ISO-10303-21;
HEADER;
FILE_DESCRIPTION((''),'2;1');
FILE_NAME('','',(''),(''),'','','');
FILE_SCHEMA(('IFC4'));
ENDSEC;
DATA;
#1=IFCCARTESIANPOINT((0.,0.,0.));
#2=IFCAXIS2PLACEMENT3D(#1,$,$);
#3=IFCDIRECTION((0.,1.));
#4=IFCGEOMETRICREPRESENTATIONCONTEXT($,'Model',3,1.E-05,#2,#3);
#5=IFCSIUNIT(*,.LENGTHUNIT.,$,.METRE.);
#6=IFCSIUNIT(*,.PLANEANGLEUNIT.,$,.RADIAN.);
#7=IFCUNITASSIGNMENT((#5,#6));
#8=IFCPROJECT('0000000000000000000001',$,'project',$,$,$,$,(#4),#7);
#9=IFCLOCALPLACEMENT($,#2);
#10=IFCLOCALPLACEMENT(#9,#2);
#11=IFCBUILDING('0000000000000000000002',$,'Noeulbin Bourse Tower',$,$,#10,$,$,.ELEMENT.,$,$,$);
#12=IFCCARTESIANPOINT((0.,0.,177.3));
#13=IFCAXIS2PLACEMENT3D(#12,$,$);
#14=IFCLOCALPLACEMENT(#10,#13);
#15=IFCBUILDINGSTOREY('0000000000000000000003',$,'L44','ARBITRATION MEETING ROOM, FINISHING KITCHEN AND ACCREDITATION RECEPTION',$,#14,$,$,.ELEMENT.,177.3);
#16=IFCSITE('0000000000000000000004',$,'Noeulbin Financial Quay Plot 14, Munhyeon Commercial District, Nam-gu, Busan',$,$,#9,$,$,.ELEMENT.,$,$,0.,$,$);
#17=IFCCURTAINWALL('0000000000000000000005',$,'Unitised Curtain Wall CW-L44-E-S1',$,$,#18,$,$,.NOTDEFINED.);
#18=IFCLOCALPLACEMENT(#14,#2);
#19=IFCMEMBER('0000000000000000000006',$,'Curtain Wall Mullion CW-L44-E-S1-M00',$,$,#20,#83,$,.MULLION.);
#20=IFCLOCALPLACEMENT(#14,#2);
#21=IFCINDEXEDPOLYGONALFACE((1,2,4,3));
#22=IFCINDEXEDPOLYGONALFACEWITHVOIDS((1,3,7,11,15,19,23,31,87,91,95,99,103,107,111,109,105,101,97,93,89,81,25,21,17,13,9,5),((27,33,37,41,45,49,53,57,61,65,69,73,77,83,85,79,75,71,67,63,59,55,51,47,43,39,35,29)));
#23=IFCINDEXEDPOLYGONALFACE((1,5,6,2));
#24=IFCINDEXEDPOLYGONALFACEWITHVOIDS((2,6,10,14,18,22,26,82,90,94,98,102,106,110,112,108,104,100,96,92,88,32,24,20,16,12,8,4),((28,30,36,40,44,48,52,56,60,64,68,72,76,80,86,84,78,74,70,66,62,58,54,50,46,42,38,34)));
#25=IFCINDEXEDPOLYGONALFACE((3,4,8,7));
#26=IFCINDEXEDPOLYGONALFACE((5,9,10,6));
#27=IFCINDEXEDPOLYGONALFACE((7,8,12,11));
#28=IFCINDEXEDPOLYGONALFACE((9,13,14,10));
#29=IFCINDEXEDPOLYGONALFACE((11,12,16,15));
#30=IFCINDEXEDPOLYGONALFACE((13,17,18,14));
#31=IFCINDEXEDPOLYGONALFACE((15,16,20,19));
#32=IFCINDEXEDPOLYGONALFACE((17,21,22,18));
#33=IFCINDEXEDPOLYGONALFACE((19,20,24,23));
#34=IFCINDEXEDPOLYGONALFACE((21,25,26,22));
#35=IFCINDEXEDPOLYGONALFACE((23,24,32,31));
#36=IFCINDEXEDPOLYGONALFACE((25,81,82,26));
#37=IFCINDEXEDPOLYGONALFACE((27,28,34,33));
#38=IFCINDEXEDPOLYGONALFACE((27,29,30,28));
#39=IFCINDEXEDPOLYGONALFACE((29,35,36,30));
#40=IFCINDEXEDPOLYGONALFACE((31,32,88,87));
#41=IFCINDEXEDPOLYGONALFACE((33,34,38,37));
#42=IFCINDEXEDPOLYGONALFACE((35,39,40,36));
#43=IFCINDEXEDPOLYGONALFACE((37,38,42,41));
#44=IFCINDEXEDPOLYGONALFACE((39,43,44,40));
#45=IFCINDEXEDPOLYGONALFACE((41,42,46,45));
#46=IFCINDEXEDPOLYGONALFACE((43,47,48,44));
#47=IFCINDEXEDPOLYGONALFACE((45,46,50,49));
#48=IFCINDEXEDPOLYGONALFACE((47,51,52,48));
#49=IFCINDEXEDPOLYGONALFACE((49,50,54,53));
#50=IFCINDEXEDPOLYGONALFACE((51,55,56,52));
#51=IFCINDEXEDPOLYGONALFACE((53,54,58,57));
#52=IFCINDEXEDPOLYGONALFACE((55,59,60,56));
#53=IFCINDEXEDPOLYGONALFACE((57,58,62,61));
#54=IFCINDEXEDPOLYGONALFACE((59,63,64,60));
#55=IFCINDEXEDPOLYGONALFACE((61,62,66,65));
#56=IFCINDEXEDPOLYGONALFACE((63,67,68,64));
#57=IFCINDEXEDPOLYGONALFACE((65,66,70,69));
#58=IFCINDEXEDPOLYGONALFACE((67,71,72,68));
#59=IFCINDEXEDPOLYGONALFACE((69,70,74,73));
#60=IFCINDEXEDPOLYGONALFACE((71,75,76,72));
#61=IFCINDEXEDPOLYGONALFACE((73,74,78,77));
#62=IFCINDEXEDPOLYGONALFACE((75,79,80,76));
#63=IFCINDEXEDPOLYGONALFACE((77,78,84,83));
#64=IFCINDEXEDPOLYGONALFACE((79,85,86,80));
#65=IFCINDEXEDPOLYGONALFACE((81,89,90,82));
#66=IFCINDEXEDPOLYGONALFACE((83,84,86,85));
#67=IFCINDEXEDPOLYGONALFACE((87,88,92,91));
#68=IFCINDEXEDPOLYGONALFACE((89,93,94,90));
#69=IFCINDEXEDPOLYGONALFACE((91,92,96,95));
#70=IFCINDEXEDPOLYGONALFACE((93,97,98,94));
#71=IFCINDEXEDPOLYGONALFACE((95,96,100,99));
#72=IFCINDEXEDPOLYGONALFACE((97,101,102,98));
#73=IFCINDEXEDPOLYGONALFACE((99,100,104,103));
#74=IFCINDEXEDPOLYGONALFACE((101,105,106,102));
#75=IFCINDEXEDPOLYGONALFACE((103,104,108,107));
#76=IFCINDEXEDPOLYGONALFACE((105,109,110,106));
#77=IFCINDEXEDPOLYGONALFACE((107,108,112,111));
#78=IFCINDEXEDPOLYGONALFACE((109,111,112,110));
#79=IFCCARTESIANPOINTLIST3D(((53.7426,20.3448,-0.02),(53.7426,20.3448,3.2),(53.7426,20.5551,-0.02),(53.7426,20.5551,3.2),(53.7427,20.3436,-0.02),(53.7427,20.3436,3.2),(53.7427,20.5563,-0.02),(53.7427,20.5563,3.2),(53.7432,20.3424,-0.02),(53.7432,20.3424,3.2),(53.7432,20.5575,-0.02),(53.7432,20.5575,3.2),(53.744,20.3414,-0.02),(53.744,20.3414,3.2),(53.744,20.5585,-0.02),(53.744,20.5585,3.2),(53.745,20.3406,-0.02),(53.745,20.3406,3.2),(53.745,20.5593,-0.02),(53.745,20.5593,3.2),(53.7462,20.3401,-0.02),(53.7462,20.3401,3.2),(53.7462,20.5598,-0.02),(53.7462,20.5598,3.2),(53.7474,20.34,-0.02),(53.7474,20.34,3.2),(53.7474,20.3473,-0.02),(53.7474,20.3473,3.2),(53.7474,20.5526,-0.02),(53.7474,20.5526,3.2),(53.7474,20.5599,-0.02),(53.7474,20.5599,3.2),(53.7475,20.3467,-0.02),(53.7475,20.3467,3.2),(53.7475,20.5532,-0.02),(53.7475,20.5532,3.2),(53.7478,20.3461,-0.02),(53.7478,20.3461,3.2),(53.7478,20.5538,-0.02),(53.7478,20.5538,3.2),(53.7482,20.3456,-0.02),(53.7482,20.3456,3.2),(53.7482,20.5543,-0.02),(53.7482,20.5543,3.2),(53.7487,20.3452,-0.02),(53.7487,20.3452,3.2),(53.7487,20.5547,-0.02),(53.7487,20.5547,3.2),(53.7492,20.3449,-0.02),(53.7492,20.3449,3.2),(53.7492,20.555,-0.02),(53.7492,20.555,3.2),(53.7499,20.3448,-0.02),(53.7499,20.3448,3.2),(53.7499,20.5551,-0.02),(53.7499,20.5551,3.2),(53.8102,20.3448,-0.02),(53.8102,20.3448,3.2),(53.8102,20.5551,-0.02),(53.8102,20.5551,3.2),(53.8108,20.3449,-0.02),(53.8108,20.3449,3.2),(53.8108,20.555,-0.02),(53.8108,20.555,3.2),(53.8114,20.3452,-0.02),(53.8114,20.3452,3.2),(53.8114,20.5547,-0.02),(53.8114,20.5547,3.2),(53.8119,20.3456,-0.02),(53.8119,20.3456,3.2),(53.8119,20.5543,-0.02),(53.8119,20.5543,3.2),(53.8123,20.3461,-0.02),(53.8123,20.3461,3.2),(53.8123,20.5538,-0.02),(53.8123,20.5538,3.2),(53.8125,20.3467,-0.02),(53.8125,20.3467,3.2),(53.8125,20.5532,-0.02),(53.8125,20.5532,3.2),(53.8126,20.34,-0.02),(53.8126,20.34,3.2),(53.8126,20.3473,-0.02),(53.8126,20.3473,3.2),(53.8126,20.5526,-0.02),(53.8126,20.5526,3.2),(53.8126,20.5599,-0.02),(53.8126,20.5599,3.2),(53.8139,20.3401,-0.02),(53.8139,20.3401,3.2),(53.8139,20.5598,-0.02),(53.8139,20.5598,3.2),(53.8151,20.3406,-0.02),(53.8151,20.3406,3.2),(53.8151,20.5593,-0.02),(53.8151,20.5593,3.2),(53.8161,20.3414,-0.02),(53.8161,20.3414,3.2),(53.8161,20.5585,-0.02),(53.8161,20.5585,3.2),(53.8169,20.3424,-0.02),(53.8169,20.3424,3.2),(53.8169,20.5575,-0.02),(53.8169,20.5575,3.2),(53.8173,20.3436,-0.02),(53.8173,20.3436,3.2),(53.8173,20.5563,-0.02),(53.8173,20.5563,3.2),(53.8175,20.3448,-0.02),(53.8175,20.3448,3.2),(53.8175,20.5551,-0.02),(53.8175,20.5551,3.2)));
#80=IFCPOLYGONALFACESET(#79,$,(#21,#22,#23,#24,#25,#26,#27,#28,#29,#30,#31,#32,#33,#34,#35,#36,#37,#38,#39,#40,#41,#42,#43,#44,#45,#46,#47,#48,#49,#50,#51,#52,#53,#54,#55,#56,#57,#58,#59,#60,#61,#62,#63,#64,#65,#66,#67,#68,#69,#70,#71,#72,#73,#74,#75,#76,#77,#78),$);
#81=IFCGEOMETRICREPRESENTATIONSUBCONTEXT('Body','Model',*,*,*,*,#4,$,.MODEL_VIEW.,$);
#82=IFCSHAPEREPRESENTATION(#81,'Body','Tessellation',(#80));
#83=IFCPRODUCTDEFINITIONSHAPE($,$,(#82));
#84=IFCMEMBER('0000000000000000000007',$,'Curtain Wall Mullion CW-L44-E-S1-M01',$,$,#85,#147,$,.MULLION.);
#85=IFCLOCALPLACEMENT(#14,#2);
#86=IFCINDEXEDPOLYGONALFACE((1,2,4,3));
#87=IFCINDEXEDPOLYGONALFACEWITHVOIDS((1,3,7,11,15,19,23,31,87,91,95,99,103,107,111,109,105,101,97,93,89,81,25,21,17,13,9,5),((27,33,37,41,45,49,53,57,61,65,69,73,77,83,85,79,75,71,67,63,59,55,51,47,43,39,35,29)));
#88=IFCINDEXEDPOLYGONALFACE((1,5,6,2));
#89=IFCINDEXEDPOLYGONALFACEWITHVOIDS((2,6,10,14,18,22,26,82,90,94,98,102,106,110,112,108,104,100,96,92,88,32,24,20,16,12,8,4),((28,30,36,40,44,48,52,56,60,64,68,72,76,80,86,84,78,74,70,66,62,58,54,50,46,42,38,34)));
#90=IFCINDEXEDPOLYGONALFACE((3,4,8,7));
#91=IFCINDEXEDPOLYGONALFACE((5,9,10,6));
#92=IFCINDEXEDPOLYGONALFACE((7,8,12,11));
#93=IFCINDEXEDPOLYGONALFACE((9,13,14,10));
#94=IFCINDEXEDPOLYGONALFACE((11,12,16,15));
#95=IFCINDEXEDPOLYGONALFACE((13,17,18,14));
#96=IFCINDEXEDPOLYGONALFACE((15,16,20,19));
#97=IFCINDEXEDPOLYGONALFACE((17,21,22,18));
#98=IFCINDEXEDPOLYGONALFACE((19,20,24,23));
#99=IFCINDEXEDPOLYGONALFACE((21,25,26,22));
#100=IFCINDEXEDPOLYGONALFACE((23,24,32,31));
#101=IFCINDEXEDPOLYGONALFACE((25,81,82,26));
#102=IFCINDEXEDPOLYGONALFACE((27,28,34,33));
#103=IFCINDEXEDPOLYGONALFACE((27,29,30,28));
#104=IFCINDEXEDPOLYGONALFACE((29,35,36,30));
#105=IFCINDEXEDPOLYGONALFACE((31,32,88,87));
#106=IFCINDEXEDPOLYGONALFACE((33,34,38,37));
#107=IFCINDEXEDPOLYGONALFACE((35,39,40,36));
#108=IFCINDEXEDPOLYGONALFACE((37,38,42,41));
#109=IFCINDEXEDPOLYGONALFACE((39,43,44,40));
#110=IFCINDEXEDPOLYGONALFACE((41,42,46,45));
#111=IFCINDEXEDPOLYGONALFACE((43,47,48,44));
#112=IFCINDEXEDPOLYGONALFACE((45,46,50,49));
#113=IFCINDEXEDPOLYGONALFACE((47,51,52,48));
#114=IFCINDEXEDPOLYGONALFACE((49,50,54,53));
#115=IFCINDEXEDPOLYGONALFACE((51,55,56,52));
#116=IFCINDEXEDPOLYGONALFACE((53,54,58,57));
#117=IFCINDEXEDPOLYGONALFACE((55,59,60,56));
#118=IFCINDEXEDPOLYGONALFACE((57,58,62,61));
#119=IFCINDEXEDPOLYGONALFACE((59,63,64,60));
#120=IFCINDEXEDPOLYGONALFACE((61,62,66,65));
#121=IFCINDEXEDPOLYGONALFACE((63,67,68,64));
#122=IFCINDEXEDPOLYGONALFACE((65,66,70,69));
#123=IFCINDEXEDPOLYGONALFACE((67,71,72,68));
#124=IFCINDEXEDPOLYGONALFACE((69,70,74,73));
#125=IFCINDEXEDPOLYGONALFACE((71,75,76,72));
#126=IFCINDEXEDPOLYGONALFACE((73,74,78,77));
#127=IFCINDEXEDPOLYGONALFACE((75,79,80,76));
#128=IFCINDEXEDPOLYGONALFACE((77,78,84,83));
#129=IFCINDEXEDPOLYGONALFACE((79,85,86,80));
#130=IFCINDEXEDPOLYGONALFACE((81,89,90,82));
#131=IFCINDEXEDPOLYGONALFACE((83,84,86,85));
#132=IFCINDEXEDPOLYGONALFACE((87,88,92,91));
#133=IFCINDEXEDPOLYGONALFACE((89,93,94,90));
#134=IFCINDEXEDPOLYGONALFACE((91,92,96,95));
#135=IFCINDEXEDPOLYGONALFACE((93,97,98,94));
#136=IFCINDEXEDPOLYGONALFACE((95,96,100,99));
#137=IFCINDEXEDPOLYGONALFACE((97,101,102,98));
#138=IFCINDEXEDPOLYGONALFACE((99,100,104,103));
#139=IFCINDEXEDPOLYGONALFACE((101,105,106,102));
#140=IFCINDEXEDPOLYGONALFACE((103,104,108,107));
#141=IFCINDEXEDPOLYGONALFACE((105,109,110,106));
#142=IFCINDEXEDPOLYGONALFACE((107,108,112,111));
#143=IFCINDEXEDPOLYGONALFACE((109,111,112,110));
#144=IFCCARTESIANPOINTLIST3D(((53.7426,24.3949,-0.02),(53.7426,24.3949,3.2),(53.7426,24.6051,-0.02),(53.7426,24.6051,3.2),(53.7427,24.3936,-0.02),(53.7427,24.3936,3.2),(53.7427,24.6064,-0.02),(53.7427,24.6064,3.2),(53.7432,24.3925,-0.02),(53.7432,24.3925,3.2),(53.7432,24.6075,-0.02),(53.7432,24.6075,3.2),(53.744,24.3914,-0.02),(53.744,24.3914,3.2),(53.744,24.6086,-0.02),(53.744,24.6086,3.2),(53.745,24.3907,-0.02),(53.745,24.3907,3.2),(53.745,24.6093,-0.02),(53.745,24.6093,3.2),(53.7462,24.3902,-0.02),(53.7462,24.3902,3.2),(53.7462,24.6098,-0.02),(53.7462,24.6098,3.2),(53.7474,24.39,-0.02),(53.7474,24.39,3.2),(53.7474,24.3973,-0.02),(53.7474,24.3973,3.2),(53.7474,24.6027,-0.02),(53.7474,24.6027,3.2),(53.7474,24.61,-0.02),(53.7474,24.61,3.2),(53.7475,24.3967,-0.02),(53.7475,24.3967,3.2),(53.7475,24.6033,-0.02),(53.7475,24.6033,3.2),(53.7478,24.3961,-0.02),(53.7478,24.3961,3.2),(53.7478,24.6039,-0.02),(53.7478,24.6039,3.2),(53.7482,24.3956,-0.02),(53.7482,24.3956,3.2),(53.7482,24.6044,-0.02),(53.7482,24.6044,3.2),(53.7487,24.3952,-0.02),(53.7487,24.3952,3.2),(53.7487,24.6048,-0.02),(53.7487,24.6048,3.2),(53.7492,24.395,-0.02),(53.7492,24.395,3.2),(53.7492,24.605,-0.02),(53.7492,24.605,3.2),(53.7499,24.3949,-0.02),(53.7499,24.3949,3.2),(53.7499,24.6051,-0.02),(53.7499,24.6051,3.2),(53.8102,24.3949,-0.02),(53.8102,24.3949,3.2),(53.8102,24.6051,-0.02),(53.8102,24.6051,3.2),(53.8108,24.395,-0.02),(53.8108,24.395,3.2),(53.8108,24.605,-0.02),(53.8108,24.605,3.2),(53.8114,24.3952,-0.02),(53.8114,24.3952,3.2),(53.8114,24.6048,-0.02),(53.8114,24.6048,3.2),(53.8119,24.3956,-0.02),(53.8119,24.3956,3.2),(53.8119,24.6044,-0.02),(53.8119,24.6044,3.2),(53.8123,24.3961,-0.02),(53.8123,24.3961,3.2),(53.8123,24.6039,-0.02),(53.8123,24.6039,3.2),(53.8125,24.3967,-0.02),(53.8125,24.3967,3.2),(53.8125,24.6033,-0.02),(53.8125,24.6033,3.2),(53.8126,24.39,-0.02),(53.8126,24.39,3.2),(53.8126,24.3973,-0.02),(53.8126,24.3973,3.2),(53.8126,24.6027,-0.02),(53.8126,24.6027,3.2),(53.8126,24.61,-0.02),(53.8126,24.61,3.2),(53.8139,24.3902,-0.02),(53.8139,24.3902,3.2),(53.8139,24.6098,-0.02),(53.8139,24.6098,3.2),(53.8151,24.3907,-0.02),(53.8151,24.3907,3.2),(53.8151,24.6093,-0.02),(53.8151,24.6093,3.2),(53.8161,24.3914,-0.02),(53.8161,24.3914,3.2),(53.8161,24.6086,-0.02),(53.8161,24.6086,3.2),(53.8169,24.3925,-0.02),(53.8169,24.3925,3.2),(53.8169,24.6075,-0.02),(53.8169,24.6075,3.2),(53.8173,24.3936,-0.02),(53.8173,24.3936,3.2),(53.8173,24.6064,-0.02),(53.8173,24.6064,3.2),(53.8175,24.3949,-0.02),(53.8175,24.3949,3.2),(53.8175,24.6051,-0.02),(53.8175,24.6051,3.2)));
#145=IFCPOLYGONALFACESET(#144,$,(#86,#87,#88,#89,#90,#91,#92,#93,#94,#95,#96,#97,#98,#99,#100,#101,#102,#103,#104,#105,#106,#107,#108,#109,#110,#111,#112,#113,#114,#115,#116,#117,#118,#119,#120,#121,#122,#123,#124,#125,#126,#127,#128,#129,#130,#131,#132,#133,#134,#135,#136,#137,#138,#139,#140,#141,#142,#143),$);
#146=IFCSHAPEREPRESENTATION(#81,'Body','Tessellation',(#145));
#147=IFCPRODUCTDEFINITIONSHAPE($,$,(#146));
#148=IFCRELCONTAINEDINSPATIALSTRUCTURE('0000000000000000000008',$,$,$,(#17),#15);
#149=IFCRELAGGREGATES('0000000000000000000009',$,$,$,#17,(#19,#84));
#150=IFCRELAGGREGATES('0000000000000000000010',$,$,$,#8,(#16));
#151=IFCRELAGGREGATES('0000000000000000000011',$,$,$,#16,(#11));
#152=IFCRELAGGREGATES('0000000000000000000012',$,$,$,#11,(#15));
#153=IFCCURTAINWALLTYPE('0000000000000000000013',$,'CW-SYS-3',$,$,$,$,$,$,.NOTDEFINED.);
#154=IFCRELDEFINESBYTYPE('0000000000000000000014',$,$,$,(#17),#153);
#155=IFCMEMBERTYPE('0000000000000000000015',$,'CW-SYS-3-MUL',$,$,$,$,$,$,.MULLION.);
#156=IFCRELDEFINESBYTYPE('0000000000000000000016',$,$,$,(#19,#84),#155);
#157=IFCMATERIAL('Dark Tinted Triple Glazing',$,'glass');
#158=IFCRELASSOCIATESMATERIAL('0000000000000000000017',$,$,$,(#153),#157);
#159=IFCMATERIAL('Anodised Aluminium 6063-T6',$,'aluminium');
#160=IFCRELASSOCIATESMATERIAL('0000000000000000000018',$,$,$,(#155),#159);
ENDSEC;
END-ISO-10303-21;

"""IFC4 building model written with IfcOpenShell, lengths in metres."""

from ifc_helpers import new_model, si_unit, direction, frame, origin, origin_2d, place, context, subcontext, project, spatial, hollow_rectangle, extrude, material, material_profile, profile_set, type_object, element, aggregate, save


model = new_model("IFC4")

# Units and contexts
model_context = context("Model", 3, precision=1e-05, world=origin(), true_north=direction((0.0, 1.0)))
body_context = subcontext(model_context, "Body", "Model", "MODEL_VIEW")
ifc_project = project(units=[si_unit("LENGTHUNIT", "METRE"), si_unit("PLANEANGLEUNIT", "RADIAN")], contexts=[model_context])

# Site, building, storey
site_placement = place(None, origin())
site = spatial("IfcSite", under=ifc_project, at=site_placement, Name="Noeulbin Financial Quay Plot 14, Munhyeon Commercial District, Nam-gu, Busan", CompositionType="ELEMENT", RefElevation=0.0)
building_placement = place(site_placement, origin())
building = spatial("IfcBuilding", under=site, at=building_placement, Name="Noeulbin Bourse Tower", CompositionType="ELEMENT")
storey_placement = place(building_placement, frame((0.0, 0.0, 177.3)))
storey = spatial("IfcBuildingStorey", under=building, at=storey_placement, Name="L44", Description="ARBITRATION MEETING ROOM, FINISHING KITCHEN AND ACCREDITATION RECEPTION", CompositionType="ELEMENT", Elevation=177.3)

# Curtain wall, members
ifc_material_1 = material(Name="Dark Tinted Triple Glazing", Category="glass")
curtain_wall_type = type_object("IfcCurtainWallType", Name="CW-SYS-3", PredefinedType="NOTDEFINED", material=ifc_material_1)
curtain_wall_placement = place(storey_placement, origin())
curtain_wall = element("IfcCurtainWall", 1, at=curtain_wall_placement, inside=storey, type_object=curtain_wall_type, Name="Unitised Curtain Wall CW-L44-E-S1", PredefinedType="NOTDEFINED")
ifc_material_2 = material(Name="Anodised Aluminium 6063-T6", Category="aluminium")
ifc_material_profile_1 = material_profile(ifc_material_2, hollow_rectangle(XDim=0.075, YDim=0.22, WallThickness=0.0049, InnerFilletRadius=0.0024, OuterFilletRadius=0.0049, at=origin_2d()), Name="ALU-MULL-75x220x5", Category="LoadBearing")
ifc_profile_set_1 = profile_set([ifc_material_profile_1], Name="Anodised Aluminium 6063-T6")
member_type_1 = type_object("IfcMemberType", Name="CW-SYS-3-MUL", PredefinedType="MULLION", material=ifc_profile_set_1)
member_1_placement = place(storey_placement, frame((53.78, 20.45, -0.02), z_axis=(0.0, 0.0, 1.0), x_axis=(1.0, 0.0, 0.0)))
member_1 = element("IfcMember", 2, at=member_1_placement, type_object=member_type_1, Name="Curtain Wall Mullion CW-L44-E-S1-M00", PredefinedType="MULLION", context=body_context, shape_type="SweptSolid", body=[
    extrude(hollow_rectangle(XDim=0.075, YDim=0.22, WallThickness=0.0049, InnerFilletRadius=0.0024, OuterFilletRadius=0.0049, at=origin_2d()), origin(), (0.0, 0.0, 1.0), 3.22),
])
member_2_placement = place(storey_placement, frame((53.78, 24.5, -0.02), z_axis=(0.0, 0.0, 1.0), x_axis=(1.0, 0.0, 0.0)))
member_2 = element("IfcMember", 3, at=member_2_placement, type_object=member_type_1, Name="Curtain Wall Mullion CW-L44-E-S1-M01", PredefinedType="MULLION", context=body_context, shape_type="SweptSolid", body=[
    extrude(hollow_rectangle(XDim=0.075, YDim=0.22, WallThickness=0.0049, InnerFilletRadius=0.0024, OuterFilletRadius=0.0049, at=origin_2d()), origin(), (0.0, 0.0, 1.0), 3.22),
])
aggregate(curtain_wall, [member_1, member_2])

save(model, "model.ifc")
